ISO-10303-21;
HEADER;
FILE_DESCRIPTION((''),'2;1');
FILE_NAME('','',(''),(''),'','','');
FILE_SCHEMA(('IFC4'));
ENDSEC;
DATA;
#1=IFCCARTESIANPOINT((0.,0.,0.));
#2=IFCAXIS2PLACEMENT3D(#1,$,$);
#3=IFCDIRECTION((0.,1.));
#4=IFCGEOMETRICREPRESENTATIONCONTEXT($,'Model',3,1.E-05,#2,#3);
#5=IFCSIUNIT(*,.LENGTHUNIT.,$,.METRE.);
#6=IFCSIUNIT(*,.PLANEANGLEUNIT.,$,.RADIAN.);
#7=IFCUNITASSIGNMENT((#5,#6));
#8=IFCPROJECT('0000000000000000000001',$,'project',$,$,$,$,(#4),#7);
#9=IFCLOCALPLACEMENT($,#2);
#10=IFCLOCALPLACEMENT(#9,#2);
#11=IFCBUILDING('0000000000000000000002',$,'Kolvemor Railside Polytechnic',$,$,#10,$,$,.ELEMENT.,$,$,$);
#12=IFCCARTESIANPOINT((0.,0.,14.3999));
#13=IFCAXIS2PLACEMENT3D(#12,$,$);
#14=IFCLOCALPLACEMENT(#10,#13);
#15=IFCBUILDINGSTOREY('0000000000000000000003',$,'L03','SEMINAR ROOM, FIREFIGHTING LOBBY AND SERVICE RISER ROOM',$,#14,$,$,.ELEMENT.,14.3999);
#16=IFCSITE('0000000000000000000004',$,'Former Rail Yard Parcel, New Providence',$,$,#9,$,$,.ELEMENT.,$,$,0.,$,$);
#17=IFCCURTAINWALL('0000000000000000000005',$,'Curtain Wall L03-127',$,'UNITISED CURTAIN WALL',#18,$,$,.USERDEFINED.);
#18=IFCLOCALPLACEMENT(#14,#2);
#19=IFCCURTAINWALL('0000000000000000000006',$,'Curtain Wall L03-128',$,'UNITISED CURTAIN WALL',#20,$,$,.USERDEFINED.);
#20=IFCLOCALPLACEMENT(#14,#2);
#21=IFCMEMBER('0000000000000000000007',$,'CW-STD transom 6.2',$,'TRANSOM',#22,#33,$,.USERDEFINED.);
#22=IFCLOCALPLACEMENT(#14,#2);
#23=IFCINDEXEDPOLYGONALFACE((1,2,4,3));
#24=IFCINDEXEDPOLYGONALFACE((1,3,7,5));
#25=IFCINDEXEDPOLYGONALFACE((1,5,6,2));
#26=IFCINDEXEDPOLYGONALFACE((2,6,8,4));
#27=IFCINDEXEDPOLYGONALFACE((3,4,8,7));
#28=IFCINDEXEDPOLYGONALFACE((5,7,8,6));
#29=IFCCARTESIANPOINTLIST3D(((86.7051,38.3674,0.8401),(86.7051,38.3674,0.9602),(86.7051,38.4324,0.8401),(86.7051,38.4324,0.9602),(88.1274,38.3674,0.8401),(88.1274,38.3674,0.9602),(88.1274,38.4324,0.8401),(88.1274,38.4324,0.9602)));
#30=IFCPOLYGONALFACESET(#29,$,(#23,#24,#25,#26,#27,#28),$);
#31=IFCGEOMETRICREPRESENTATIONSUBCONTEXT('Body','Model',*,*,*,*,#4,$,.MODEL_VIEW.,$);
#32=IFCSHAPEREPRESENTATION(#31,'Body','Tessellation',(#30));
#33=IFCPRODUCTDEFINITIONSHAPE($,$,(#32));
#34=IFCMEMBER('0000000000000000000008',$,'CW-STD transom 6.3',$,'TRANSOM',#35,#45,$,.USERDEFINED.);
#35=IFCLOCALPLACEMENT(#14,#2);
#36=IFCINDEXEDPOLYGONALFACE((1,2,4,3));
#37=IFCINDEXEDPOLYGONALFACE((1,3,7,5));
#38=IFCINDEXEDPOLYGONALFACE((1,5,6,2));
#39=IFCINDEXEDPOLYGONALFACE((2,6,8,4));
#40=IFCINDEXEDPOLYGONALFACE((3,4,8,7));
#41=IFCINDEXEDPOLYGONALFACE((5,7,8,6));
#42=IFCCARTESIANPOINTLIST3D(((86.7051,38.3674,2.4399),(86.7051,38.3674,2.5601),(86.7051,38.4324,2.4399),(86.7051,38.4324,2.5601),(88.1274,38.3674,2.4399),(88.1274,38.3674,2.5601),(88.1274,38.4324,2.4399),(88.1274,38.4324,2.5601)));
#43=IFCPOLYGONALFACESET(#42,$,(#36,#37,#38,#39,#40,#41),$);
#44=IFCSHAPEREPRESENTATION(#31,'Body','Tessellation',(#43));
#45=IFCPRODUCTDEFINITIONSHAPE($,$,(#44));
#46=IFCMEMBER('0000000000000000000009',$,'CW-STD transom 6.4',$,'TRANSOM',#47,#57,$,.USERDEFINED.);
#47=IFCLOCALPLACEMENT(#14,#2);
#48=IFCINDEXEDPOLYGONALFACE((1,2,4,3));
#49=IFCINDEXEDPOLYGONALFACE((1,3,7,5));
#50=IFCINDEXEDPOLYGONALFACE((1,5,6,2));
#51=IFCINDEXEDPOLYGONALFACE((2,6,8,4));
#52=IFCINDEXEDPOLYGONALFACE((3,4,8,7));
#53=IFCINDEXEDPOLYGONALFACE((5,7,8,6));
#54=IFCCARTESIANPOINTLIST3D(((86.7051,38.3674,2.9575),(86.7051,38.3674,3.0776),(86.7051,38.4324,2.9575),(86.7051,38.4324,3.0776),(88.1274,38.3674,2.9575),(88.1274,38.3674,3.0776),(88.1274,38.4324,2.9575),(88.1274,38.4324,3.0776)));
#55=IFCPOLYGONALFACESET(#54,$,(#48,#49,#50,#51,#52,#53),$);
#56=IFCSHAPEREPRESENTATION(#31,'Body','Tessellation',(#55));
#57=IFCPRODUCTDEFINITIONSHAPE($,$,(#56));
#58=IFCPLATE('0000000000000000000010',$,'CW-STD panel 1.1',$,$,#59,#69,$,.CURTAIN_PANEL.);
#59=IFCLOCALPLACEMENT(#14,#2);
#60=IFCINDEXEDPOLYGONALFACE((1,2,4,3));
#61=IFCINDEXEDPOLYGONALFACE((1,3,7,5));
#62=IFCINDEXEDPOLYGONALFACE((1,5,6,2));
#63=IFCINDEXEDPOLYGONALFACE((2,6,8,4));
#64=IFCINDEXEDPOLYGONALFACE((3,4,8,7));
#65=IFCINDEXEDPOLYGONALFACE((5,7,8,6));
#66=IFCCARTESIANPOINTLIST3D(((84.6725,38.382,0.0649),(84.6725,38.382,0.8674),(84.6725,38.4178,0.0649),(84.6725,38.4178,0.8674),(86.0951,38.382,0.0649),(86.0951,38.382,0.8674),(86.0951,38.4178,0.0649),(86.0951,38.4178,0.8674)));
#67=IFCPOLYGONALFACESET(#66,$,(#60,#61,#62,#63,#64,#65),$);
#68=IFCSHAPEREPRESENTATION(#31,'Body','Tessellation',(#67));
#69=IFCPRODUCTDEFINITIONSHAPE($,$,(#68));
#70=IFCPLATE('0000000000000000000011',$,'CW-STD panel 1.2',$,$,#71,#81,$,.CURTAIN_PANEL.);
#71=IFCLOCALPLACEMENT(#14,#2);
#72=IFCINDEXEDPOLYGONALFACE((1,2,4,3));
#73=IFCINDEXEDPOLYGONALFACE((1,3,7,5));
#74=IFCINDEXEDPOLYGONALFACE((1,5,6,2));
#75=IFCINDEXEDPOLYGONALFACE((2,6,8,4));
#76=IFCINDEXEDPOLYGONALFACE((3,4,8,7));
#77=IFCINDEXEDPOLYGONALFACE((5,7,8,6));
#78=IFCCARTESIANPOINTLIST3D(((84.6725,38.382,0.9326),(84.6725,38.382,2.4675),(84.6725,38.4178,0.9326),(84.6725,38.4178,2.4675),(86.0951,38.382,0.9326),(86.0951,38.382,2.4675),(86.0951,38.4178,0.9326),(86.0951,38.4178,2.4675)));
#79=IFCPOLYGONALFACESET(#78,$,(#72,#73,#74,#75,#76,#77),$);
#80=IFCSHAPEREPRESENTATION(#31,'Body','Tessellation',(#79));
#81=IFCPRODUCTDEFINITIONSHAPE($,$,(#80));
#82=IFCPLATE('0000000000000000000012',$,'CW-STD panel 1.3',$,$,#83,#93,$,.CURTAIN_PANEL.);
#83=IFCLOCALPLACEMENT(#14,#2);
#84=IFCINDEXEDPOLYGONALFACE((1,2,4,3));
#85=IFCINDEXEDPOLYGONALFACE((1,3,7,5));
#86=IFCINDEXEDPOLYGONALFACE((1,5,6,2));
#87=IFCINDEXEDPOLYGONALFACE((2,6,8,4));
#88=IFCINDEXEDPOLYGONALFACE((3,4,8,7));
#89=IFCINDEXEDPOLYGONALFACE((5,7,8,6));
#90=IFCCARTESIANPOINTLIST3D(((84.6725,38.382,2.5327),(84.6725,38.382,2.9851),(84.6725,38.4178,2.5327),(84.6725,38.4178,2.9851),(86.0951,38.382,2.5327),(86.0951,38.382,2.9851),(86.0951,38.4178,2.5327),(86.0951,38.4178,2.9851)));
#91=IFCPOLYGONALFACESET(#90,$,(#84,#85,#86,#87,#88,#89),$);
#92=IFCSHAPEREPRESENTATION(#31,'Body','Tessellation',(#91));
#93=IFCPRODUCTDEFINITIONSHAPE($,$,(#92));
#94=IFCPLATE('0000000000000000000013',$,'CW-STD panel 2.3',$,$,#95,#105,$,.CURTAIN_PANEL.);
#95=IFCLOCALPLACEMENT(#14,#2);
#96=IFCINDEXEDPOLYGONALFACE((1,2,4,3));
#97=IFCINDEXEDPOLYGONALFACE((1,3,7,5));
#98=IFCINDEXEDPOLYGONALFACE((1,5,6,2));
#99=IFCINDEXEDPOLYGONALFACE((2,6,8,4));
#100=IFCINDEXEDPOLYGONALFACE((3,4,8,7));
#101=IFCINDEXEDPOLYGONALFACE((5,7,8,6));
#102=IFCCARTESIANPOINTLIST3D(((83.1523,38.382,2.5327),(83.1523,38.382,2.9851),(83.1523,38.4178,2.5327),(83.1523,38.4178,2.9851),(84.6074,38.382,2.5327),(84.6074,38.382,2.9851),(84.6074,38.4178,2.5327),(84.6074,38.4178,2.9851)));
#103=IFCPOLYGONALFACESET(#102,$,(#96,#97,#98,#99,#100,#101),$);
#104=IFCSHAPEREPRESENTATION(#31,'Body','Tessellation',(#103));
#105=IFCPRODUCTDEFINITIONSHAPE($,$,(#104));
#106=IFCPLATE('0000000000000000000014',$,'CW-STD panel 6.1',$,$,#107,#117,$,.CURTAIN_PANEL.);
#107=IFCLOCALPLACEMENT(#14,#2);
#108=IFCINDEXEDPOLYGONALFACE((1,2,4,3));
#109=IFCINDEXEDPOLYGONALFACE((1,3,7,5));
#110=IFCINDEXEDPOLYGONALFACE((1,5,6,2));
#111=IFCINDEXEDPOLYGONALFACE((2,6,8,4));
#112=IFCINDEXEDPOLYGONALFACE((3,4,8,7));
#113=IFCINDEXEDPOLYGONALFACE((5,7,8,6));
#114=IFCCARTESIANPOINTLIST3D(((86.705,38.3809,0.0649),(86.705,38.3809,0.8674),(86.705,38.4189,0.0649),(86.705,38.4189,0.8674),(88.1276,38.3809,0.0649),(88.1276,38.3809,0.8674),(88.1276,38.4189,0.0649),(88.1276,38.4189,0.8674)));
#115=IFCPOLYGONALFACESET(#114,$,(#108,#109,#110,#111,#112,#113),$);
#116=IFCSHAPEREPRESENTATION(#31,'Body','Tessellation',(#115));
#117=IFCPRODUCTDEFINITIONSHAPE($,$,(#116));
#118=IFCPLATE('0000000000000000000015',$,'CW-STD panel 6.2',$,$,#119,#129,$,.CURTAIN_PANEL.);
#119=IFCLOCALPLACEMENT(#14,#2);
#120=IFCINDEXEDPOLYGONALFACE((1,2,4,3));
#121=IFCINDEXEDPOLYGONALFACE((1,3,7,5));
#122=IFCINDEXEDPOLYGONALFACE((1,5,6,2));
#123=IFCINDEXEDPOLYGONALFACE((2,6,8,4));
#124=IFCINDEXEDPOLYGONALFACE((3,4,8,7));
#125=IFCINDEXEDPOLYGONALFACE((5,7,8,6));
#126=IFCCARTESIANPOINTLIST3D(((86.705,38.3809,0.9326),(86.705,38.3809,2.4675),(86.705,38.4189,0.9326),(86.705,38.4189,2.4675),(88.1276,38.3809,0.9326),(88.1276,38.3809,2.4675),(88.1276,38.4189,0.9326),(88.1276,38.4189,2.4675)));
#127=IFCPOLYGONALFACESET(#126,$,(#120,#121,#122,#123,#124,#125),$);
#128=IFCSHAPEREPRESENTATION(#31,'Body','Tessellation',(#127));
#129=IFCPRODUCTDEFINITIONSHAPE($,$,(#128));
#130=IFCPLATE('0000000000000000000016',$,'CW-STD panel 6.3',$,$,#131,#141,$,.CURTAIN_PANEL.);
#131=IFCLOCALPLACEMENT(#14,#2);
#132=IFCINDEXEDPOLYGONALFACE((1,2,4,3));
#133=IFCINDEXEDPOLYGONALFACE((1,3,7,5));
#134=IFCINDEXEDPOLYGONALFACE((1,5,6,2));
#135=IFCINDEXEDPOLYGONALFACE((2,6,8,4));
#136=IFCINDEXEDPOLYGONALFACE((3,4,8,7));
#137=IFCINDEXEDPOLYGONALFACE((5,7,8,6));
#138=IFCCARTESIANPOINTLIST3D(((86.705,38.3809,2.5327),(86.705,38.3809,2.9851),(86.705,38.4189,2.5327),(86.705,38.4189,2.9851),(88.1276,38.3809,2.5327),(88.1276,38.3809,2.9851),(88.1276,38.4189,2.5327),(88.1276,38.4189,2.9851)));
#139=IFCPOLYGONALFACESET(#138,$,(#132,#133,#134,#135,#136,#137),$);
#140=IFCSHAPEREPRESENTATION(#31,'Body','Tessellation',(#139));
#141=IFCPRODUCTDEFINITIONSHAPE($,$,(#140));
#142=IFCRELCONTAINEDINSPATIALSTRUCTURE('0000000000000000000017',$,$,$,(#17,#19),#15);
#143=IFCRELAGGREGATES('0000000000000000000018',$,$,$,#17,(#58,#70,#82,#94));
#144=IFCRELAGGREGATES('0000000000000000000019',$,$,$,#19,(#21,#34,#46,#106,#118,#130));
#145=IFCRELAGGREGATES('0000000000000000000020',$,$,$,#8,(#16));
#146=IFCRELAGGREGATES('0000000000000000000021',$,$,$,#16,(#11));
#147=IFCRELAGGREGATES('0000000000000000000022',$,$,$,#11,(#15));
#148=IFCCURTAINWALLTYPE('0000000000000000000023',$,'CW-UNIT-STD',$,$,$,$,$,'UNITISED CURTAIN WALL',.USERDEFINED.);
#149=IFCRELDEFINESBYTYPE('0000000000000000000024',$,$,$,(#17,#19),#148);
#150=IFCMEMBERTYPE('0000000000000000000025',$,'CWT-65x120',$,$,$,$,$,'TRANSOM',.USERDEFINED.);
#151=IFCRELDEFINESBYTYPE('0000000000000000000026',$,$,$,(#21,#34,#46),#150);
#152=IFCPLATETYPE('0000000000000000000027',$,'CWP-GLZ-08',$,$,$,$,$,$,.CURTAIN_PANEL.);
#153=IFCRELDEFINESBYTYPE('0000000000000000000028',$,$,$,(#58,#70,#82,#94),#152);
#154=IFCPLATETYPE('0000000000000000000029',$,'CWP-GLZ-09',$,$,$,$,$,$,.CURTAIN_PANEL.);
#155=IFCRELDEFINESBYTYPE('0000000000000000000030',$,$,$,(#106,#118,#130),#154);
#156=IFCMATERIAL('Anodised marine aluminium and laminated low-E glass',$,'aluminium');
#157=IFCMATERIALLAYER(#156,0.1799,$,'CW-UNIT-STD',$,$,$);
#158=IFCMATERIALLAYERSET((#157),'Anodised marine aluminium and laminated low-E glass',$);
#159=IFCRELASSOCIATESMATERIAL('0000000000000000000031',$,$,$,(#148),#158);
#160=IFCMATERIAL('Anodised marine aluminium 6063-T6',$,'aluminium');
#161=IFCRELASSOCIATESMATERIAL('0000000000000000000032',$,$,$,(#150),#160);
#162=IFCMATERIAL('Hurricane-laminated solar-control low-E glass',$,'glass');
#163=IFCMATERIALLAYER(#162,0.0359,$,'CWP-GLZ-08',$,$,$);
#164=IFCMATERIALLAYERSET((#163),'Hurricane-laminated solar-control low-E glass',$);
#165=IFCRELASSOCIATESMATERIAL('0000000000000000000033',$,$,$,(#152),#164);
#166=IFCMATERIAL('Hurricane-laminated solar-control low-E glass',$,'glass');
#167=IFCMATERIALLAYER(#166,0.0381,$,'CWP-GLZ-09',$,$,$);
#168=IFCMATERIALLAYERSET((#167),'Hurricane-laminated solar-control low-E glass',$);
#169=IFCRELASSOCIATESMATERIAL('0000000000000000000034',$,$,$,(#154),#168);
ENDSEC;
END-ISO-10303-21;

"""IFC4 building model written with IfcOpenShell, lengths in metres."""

from ifc_helpers import new_model, si_unit, direction, frame, origin, origin_2d, place, context, subcontext, project, spatial, rectangle, extrude, material, layer, layer_set, material_profile, profile_set, type_object, element, aggregate, save


model = new_model("IFC4")

# Units and contexts
model_context = context("Model", 3, precision=1e-05, world=origin(), true_north=direction((0.0, 1.0)))
body_context = subcontext(model_context, "Body", "Model", "MODEL_VIEW")
ifc_project = project(units=[si_unit("LENGTHUNIT", "METRE"), si_unit("PLANEANGLEUNIT", "RADIAN")], contexts=[model_context])

# Site, building, storey
site_placement = place(None, origin())
site = spatial("IfcSite", under=ifc_project, at=site_placement, Name="Former Rail Yard Parcel, New Providence", CompositionType="ELEMENT", RefElevation=0.0)
building_placement = place(site_placement, origin())
building = spatial("IfcBuilding", under=site, at=building_placement, Name="Kolvemor Railside Polytechnic", CompositionType="ELEMENT")
storey_placement = place(building_placement, frame((0.0, 0.0, 14.3999)))
storey = spatial("IfcBuildingStorey", under=building, at=storey_placement, Name="L03", Description="SEMINAR ROOM, FIREFIGHTING LOBBY AND SERVICE RISER ROOM", CompositionType="ELEMENT", Elevation=14.3999)

# Curtain wall
ifc_material_1 = material(Name="Anodised marine aluminium and laminated low-E glass", Category="aluminium")
ifc_layer_1 = layer(ifc_material_1, 0.1799, Name="CW-UNIT-STD")
ifc_layer_set_1 = layer_set([ifc_layer_1], Name="Anodised marine aluminium and laminated low-E glass")
curtain_wall_type = type_object("IfcCurtainWallType", Name="CW-UNIT-STD", ElementType="UNITISED CURTAIN WALL", PredefinedType="USERDEFINED", material=ifc_layer_set_1)
curtain_wall_1_placement = place(storey_placement, origin())
curtain_wall_1 = element("IfcCurtainWall", 1, at=curtain_wall_1_placement, inside=storey, type_object=curtain_wall_type, Name="Curtain Wall L03-127", ObjectType="UNITISED CURTAIN WALL", PredefinedType="USERDEFINED")

# Curtain wall
curtain_wall_2_placement = place(storey_placement, origin())
curtain_wall_2 = element("IfcCurtainWall", 2, at=curtain_wall_2_placement, inside=storey, type_object=curtain_wall_type, Name="Curtain Wall L03-128", ObjectType="UNITISED CURTAIN WALL", PredefinedType="USERDEFINED")

# Members
ifc_material_2 = material(Name="Anodised marine aluminium 6063-T6", Category="aluminium")
ifc_material_profile_1 = material_profile(ifc_material_2, rectangle(XDim=0.0649, YDim=0.1201, at=origin_2d()), Name="CW-TRN-65x120")
ifc_profile_set_1 = profile_set([ifc_material_profile_1], Name="Anodised marine aluminium 6063-T6")
member_type_1 = type_object("IfcMemberType", Name="CWT-65x120", ElementType="TRANSOM", PredefinedType="USERDEFINED", material=ifc_profile_set_1)
member_1_placement = place(storey_placement, frame((88.1274, 38.3999, 0.9001), z_axis=(-1.0, 0.0, 0.0), x_axis=(0.0, -1.0, 0.0)))
member_1 = element("IfcMember", 3, at=member_1_placement, type_object=member_type_1, Name="CW-STD transom 6.2", ObjectType="TRANSOM", PredefinedType="USERDEFINED", context=body_context, shape_type="SweptSolid", body=[
    extrude(rectangle(XDim=0.0649, YDim=0.1201, at=origin_2d()), origin(), (0.0, 0.0, 1.0), 1.4224),
])
member_2_placement = place(storey_placement, frame((88.1274, 38.3999, 2.5), z_axis=(-1.0, 0.0, 0.0), x_axis=(0.0, -1.0, 0.0)))
member_2 = element("IfcMember", 4, at=member_2_placement, type_object=member_type_1, Name="CW-STD transom 6.3", ObjectType="TRANSOM", PredefinedType="USERDEFINED", context=body_context, shape_type="SweptSolid", body=[
    extrude(rectangle(XDim=0.0649, YDim=0.1201, at=origin_2d()), origin(), (0.0, 0.0, 1.0), 1.4224),
])
member_3_placement = place(storey_placement, frame((88.1274, 38.3999, 3.0176), z_axis=(-1.0, 0.0, 0.0), x_axis=(0.0, -1.0, 0.0)))
member_3 = element("IfcMember", 5, at=member_3_placement, type_object=member_type_1, Name="CW-STD transom 6.4", ObjectType="TRANSOM", PredefinedType="USERDEFINED", context=body_context, shape_type="SweptSolid", body=[
    extrude(rectangle(XDim=0.0649, YDim=0.1201, at=origin_2d()), origin(), (0.0, 0.0, 1.0), 1.4224),
])

# Plates
ifc_material_3 = material(Name="Hurricane-laminated solar-control low-E glass", Category="glass")
ifc_layer_2 = layer(ifc_material_3, 0.0359, Name="CWP-GLZ-08")
ifc_layer_set_2 = layer_set([ifc_layer_2], Name="Hurricane-laminated solar-control low-E glass")
plate_type_1 = type_object("IfcPlateType", Name="CWP-GLZ-08", PredefinedType="CURTAIN_PANEL", material=ifc_layer_set_2)
plate_1_placement = place(storey_placement, frame((85.3838, 38.3999, 0.0649), z_axis=(0.0, 0.0, 1.0), x_axis=(-1.0, 0.0, 0.0)))
plate_1 = element("IfcPlate", 6, at=plate_1_placement, type_object=plate_type_1, Name="CW-STD panel 1.1", PredefinedType="CURTAIN_PANEL", context=body_context, shape_type="SweptSolid", body=[
    extrude(rectangle(XDim=1.4226, YDim=0.0359, at=origin_2d()), origin(), (0.0, 0.0, 1.0), 0.8025),
])
plate_2_placement = place(storey_placement, frame((85.3838, 38.3999, 0.9326), z_axis=(0.0, 0.0, 1.0), x_axis=(-1.0, 0.0, 0.0)))
plate_2 = element("IfcPlate", 7, at=plate_2_placement, type_object=plate_type_1, Name="CW-STD panel 1.2", PredefinedType="CURTAIN_PANEL", context=body_context, shape_type="SweptSolid", body=[
    extrude(rectangle(XDim=1.4226, YDim=0.0359, at=origin_2d()), origin(), (0.0, 0.0, 1.0), 1.5349),
])
plate_3_placement = place(storey_placement, frame((85.3838, 38.3999, 2.5327), z_axis=(0.0, 0.0, 1.0), x_axis=(-1.0, 0.0, 0.0)))
plate_3 = element("IfcPlate", 8, at=plate_3_placement, type_object=plate_type_1, Name="CW-STD panel 1.3", PredefinedType="CURTAIN_PANEL", context=body_context, shape_type="SweptSolid", body=[
    extrude(rectangle(XDim=1.4226, YDim=0.0359, at=origin_2d()), origin(), (0.0, 0.0, 1.0), 0.4524),
])
plate_4_placement = place(storey_placement, frame((83.8799, 38.3999, 2.5327), z_axis=(0.0, 0.0, 1.0), x_axis=(-1.0, 0.0, 0.0)))
plate_4 = element("IfcPlate", 9, at=plate_4_placement, type_object=plate_type_1, Name="CW-STD panel 2.3", PredefinedType="CURTAIN_PANEL", context=body_context, shape_type="SweptSolid", body=[
    extrude(rectangle(XDim=1.4551, YDim=0.0359, at=origin_2d()), origin(), (0.0, 0.0, 1.0), 0.4524),
])
aggregate(curtain_wall_1, [plate_1, plate_2, plate_3, plate_4])
ifc_material_4 = material(Name="Hurricane-laminated solar-control low-E glass", Category="glass")
ifc_layer_3 = layer(ifc_material_4, 0.0381, Name="CWP-GLZ-09")
ifc_layer_set_3 = layer_set([ifc_layer_3], Name="Hurricane-laminated solar-control low-E glass")
plate_type_2 = type_object("IfcPlateType", Name="CWP-GLZ-09", PredefinedType="CURTAIN_PANEL", material=ifc_layer_set_3)
plate_5_placement = place(storey_placement, frame((87.4163, 38.3999, 0.0649), z_axis=(0.0, 0.0, 1.0), x_axis=(-1.0, 0.0, 0.0)))
plate_5 = element("IfcPlate", 10, at=plate_5_placement, type_object=plate_type_2, Name="CW-STD panel 6.1", PredefinedType="CURTAIN_PANEL", context=body_context, shape_type="SweptSolid", body=[
    extrude(rectangle(XDim=1.4226, YDim=0.0381, at=origin_2d()), origin(), (0.0, 0.0, 1.0), 0.8025),
])
plate_6_placement = place(storey_placement, frame((87.4163, 38.3999, 0.9326), z_axis=(0.0, 0.0, 1.0), x_axis=(-1.0, 0.0, 0.0)))
plate_6 = element("IfcPlate", 11, at=plate_6_placement, type_object=plate_type_2, Name="CW-STD panel 6.2", PredefinedType="CURTAIN_PANEL", context=body_context, shape_type="SweptSolid", body=[
    extrude(rectangle(XDim=1.4226, YDim=0.0381, at=origin_2d()), origin(), (0.0, 0.0, 1.0), 1.5349),
])
plate_7_placement = place(storey_placement, frame((87.4163, 38.3999, 2.5327), z_axis=(0.0, 0.0, 1.0), x_axis=(-1.0, 0.0, 0.0)))
plate_7 = element("IfcPlate", 12, at=plate_7_placement, type_object=plate_type_2, Name="CW-STD panel 6.3", PredefinedType="CURTAIN_PANEL", context=body_context, shape_type="SweptSolid", body=[
    extrude(rectangle(XDim=1.4226, YDim=0.0381, at=origin_2d()), origin(), (0.0, 0.0, 1.0), 0.4524),
])
aggregate(curtain_wall_2, [member_1, member_2, member_3, plate_5, plate_6, plate_7])

save(model, "model.ifc")
